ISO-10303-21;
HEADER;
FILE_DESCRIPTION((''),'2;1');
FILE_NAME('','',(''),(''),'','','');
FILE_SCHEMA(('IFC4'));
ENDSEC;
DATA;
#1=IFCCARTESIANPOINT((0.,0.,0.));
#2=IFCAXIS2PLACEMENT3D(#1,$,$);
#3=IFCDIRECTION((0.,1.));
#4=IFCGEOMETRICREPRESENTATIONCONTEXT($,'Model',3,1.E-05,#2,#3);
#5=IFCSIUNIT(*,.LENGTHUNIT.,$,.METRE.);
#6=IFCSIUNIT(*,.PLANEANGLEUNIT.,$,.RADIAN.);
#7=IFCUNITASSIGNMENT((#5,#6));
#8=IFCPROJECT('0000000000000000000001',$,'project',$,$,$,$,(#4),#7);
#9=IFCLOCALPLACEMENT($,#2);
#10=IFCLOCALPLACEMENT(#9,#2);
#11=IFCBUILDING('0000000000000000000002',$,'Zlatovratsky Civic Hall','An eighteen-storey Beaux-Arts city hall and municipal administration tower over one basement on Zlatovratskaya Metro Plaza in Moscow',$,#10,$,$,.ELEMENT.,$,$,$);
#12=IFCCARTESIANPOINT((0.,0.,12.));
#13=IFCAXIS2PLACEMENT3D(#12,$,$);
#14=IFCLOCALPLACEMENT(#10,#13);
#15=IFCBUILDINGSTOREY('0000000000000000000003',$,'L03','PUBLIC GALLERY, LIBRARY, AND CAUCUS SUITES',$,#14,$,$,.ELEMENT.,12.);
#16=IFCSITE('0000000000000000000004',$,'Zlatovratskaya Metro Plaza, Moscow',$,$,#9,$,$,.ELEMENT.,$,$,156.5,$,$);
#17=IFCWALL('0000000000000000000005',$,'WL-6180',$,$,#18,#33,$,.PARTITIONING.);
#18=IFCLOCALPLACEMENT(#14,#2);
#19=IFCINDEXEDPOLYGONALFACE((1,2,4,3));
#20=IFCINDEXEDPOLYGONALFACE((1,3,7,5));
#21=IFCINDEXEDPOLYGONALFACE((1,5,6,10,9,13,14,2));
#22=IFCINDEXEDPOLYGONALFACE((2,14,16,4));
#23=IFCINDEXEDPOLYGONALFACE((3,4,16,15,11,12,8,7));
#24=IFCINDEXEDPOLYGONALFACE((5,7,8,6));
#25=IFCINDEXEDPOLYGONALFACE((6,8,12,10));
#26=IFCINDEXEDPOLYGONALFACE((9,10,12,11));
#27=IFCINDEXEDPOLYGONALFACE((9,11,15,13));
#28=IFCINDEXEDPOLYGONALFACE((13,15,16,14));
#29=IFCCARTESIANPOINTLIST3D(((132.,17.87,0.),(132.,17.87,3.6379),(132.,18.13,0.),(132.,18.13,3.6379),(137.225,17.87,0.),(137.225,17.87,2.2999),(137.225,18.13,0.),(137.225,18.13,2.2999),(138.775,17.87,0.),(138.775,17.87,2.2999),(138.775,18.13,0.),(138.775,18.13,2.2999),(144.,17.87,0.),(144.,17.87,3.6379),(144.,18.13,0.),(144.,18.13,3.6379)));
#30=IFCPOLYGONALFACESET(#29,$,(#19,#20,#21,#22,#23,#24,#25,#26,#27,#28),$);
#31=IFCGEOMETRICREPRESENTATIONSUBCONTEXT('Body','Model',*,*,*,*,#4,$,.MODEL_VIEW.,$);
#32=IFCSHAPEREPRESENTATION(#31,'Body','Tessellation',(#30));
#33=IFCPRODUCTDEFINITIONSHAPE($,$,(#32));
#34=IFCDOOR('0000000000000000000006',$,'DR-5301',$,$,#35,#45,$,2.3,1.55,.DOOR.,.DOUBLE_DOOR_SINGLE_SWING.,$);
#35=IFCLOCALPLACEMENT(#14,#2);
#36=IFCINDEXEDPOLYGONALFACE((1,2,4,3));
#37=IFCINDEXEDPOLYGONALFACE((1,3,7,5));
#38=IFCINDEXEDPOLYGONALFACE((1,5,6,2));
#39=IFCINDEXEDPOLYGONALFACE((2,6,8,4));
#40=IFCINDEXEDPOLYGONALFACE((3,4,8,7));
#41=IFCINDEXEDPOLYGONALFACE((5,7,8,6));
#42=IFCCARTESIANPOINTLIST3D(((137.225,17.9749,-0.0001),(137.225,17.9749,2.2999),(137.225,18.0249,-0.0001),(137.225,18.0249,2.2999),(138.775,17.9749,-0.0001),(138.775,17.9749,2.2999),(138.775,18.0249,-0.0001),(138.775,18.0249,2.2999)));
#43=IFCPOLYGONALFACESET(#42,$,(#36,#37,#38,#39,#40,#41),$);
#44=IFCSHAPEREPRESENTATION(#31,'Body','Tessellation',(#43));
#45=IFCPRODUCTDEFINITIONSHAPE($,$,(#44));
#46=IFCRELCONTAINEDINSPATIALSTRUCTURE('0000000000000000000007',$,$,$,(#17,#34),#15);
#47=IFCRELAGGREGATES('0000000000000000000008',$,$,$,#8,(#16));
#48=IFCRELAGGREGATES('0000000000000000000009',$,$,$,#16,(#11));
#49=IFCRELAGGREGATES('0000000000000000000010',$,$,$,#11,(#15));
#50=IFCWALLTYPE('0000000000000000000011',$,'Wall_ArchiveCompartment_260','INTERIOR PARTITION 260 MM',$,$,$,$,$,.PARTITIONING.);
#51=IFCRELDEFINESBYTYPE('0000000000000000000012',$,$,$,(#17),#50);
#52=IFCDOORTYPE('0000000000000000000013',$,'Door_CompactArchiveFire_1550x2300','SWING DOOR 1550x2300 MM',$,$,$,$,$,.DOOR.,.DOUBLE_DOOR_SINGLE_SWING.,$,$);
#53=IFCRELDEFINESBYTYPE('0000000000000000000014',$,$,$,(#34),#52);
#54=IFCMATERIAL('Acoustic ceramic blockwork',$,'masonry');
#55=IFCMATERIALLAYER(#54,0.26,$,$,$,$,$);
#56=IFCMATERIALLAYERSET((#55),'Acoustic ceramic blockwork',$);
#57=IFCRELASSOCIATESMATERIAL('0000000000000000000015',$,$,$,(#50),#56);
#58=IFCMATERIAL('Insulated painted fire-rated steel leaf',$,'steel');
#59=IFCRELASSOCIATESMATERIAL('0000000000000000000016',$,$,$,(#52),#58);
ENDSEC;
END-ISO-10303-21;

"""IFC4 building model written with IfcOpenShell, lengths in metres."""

from ifc_helpers import new_model, si_unit, direction, frame, frame_2d, origin, place, context, subcontext, project, spatial, rectangle, extrude, material, layer, layer_set, type_object, element, fill, save


model = new_model("IFC4")

# Units and contexts
model_context = context("Model", 3, precision=1e-05, world=origin(), true_north=direction((0.0, 1.0)))
body_context = subcontext(model_context, "Body", "Model", "MODEL_VIEW")
ifc_project = project(units=[si_unit("LENGTHUNIT", "METRE"), si_unit("PLANEANGLEUNIT", "RADIAN")], contexts=[model_context])

# Site, building, storey
site_placement = place(None, origin())
site = spatial("IfcSite", under=ifc_project, at=site_placement, Name="Zlatovratskaya Metro Plaza, Moscow", CompositionType="ELEMENT", RefElevation=156.5)
building_placement = place(site_placement, origin())
building = spatial("IfcBuilding", under=site, at=building_placement, Name="Zlatovratsky Civic Hall", Description="An eighteen-storey Beaux-Arts city hall and municipal administration tower over one basement on Zlatovratskaya Metro Plaza in Moscow", CompositionType="ELEMENT")
storey_placement = place(building_placement, frame((0.0, 0.0, 12.0)))
storey = spatial("IfcBuildingStorey", under=building, at=storey_placement, Name="L03", Description="PUBLIC GALLERY, LIBRARY, AND CAUCUS SUITES", CompositionType="ELEMENT", Elevation=12.0)

# Wall, opening, door
ifc_material_1 = material(Name="Acoustic ceramic blockwork", Category="masonry")
ifc_layer_1 = layer(ifc_material_1, 0.26)
ifc_layer_set_1 = layer_set([ifc_layer_1], Name="Acoustic ceramic blockwork")
wall_type_1 = type_object("IfcWallType", Name="Wall_ArchiveCompartment_260", Description="INTERIOR PARTITION 260 MM", PredefinedType="PARTITIONING", material=ifc_layer_set_1)
wall_1_placement = place(storey_placement, frame((132.0, 18.0, 0.0), z_axis=(0.0, 0.0, 1.0), x_axis=(1.0, 0.0, 0.0)))
wall_1 = element("IfcWall", 1, at=wall_1_placement, inside=storey, type_object=wall_type_1, Name="WL-6180", PredefinedType="PARTITIONING", context=body_context, shape_type="SweptSolid", body=[
    extrude(rectangle(XDim=12.0, YDim=0.26, at=frame_2d((6.0, 0.0))), origin(), (0.0, 0.0, 1.0), 3.6379),
])
opening_1_placement = place(wall_1_placement, frame((5.2251, 0.0, 0.0)))
opening_1 = element("IfcOpeningElement", 2, at=opening_1_placement, cuts=wall_1, PredefinedType="OPENING", context=body_context, shape_type="SweptSolid", body=[
    extrude(rectangle(XDim=1.55, YDim=2.3, at=frame_2d((0.7749, 1.1499))), frame((0.0, 0.145, 0.0), z_axis=(0.0, -1.0, 0.0), x_axis=(1.0, 0.0, 0.0)), (0.0, 0.0, 1.0), 0.2898),
])
ifc_material_2 = material(Name="Insulated painted fire-rated steel leaf", Category="steel")
door_type_1 = type_object("IfcDoorType", Name="Door_CompactArchiveFire_1550x2300", Description="SWING DOOR 1550x2300 MM", OperationType="DOUBLE_DOOR_SINGLE_SWING", PredefinedType="DOOR", material=ifc_material_2)
door_1_placement = place(opening_1_placement, origin())
door_1 = element("IfcDoor", 3, at=door_1_placement, inside=storey, type_object=door_type_1, Name="DR-5301", OperationType="DOUBLE_DOOR_SINGLE_SWING", OverallHeight=2.3, OverallWidth=1.55, PredefinedType="DOOR", context=body_context, shape_type="SweptSolid", body=[
    extrude(rectangle(XDim=1.55, YDim=2.3, at=frame_2d((0.7749, 1.1499))), frame((0.0, 0.0249, 0.0), z_axis=(0.0, -1.0, 0.0), x_axis=(1.0, 0.0, 0.0)), (0.0, 0.0, 1.0), 0.05),
])
fill(opening_1, door_1)

save(model, "model.ifc")
